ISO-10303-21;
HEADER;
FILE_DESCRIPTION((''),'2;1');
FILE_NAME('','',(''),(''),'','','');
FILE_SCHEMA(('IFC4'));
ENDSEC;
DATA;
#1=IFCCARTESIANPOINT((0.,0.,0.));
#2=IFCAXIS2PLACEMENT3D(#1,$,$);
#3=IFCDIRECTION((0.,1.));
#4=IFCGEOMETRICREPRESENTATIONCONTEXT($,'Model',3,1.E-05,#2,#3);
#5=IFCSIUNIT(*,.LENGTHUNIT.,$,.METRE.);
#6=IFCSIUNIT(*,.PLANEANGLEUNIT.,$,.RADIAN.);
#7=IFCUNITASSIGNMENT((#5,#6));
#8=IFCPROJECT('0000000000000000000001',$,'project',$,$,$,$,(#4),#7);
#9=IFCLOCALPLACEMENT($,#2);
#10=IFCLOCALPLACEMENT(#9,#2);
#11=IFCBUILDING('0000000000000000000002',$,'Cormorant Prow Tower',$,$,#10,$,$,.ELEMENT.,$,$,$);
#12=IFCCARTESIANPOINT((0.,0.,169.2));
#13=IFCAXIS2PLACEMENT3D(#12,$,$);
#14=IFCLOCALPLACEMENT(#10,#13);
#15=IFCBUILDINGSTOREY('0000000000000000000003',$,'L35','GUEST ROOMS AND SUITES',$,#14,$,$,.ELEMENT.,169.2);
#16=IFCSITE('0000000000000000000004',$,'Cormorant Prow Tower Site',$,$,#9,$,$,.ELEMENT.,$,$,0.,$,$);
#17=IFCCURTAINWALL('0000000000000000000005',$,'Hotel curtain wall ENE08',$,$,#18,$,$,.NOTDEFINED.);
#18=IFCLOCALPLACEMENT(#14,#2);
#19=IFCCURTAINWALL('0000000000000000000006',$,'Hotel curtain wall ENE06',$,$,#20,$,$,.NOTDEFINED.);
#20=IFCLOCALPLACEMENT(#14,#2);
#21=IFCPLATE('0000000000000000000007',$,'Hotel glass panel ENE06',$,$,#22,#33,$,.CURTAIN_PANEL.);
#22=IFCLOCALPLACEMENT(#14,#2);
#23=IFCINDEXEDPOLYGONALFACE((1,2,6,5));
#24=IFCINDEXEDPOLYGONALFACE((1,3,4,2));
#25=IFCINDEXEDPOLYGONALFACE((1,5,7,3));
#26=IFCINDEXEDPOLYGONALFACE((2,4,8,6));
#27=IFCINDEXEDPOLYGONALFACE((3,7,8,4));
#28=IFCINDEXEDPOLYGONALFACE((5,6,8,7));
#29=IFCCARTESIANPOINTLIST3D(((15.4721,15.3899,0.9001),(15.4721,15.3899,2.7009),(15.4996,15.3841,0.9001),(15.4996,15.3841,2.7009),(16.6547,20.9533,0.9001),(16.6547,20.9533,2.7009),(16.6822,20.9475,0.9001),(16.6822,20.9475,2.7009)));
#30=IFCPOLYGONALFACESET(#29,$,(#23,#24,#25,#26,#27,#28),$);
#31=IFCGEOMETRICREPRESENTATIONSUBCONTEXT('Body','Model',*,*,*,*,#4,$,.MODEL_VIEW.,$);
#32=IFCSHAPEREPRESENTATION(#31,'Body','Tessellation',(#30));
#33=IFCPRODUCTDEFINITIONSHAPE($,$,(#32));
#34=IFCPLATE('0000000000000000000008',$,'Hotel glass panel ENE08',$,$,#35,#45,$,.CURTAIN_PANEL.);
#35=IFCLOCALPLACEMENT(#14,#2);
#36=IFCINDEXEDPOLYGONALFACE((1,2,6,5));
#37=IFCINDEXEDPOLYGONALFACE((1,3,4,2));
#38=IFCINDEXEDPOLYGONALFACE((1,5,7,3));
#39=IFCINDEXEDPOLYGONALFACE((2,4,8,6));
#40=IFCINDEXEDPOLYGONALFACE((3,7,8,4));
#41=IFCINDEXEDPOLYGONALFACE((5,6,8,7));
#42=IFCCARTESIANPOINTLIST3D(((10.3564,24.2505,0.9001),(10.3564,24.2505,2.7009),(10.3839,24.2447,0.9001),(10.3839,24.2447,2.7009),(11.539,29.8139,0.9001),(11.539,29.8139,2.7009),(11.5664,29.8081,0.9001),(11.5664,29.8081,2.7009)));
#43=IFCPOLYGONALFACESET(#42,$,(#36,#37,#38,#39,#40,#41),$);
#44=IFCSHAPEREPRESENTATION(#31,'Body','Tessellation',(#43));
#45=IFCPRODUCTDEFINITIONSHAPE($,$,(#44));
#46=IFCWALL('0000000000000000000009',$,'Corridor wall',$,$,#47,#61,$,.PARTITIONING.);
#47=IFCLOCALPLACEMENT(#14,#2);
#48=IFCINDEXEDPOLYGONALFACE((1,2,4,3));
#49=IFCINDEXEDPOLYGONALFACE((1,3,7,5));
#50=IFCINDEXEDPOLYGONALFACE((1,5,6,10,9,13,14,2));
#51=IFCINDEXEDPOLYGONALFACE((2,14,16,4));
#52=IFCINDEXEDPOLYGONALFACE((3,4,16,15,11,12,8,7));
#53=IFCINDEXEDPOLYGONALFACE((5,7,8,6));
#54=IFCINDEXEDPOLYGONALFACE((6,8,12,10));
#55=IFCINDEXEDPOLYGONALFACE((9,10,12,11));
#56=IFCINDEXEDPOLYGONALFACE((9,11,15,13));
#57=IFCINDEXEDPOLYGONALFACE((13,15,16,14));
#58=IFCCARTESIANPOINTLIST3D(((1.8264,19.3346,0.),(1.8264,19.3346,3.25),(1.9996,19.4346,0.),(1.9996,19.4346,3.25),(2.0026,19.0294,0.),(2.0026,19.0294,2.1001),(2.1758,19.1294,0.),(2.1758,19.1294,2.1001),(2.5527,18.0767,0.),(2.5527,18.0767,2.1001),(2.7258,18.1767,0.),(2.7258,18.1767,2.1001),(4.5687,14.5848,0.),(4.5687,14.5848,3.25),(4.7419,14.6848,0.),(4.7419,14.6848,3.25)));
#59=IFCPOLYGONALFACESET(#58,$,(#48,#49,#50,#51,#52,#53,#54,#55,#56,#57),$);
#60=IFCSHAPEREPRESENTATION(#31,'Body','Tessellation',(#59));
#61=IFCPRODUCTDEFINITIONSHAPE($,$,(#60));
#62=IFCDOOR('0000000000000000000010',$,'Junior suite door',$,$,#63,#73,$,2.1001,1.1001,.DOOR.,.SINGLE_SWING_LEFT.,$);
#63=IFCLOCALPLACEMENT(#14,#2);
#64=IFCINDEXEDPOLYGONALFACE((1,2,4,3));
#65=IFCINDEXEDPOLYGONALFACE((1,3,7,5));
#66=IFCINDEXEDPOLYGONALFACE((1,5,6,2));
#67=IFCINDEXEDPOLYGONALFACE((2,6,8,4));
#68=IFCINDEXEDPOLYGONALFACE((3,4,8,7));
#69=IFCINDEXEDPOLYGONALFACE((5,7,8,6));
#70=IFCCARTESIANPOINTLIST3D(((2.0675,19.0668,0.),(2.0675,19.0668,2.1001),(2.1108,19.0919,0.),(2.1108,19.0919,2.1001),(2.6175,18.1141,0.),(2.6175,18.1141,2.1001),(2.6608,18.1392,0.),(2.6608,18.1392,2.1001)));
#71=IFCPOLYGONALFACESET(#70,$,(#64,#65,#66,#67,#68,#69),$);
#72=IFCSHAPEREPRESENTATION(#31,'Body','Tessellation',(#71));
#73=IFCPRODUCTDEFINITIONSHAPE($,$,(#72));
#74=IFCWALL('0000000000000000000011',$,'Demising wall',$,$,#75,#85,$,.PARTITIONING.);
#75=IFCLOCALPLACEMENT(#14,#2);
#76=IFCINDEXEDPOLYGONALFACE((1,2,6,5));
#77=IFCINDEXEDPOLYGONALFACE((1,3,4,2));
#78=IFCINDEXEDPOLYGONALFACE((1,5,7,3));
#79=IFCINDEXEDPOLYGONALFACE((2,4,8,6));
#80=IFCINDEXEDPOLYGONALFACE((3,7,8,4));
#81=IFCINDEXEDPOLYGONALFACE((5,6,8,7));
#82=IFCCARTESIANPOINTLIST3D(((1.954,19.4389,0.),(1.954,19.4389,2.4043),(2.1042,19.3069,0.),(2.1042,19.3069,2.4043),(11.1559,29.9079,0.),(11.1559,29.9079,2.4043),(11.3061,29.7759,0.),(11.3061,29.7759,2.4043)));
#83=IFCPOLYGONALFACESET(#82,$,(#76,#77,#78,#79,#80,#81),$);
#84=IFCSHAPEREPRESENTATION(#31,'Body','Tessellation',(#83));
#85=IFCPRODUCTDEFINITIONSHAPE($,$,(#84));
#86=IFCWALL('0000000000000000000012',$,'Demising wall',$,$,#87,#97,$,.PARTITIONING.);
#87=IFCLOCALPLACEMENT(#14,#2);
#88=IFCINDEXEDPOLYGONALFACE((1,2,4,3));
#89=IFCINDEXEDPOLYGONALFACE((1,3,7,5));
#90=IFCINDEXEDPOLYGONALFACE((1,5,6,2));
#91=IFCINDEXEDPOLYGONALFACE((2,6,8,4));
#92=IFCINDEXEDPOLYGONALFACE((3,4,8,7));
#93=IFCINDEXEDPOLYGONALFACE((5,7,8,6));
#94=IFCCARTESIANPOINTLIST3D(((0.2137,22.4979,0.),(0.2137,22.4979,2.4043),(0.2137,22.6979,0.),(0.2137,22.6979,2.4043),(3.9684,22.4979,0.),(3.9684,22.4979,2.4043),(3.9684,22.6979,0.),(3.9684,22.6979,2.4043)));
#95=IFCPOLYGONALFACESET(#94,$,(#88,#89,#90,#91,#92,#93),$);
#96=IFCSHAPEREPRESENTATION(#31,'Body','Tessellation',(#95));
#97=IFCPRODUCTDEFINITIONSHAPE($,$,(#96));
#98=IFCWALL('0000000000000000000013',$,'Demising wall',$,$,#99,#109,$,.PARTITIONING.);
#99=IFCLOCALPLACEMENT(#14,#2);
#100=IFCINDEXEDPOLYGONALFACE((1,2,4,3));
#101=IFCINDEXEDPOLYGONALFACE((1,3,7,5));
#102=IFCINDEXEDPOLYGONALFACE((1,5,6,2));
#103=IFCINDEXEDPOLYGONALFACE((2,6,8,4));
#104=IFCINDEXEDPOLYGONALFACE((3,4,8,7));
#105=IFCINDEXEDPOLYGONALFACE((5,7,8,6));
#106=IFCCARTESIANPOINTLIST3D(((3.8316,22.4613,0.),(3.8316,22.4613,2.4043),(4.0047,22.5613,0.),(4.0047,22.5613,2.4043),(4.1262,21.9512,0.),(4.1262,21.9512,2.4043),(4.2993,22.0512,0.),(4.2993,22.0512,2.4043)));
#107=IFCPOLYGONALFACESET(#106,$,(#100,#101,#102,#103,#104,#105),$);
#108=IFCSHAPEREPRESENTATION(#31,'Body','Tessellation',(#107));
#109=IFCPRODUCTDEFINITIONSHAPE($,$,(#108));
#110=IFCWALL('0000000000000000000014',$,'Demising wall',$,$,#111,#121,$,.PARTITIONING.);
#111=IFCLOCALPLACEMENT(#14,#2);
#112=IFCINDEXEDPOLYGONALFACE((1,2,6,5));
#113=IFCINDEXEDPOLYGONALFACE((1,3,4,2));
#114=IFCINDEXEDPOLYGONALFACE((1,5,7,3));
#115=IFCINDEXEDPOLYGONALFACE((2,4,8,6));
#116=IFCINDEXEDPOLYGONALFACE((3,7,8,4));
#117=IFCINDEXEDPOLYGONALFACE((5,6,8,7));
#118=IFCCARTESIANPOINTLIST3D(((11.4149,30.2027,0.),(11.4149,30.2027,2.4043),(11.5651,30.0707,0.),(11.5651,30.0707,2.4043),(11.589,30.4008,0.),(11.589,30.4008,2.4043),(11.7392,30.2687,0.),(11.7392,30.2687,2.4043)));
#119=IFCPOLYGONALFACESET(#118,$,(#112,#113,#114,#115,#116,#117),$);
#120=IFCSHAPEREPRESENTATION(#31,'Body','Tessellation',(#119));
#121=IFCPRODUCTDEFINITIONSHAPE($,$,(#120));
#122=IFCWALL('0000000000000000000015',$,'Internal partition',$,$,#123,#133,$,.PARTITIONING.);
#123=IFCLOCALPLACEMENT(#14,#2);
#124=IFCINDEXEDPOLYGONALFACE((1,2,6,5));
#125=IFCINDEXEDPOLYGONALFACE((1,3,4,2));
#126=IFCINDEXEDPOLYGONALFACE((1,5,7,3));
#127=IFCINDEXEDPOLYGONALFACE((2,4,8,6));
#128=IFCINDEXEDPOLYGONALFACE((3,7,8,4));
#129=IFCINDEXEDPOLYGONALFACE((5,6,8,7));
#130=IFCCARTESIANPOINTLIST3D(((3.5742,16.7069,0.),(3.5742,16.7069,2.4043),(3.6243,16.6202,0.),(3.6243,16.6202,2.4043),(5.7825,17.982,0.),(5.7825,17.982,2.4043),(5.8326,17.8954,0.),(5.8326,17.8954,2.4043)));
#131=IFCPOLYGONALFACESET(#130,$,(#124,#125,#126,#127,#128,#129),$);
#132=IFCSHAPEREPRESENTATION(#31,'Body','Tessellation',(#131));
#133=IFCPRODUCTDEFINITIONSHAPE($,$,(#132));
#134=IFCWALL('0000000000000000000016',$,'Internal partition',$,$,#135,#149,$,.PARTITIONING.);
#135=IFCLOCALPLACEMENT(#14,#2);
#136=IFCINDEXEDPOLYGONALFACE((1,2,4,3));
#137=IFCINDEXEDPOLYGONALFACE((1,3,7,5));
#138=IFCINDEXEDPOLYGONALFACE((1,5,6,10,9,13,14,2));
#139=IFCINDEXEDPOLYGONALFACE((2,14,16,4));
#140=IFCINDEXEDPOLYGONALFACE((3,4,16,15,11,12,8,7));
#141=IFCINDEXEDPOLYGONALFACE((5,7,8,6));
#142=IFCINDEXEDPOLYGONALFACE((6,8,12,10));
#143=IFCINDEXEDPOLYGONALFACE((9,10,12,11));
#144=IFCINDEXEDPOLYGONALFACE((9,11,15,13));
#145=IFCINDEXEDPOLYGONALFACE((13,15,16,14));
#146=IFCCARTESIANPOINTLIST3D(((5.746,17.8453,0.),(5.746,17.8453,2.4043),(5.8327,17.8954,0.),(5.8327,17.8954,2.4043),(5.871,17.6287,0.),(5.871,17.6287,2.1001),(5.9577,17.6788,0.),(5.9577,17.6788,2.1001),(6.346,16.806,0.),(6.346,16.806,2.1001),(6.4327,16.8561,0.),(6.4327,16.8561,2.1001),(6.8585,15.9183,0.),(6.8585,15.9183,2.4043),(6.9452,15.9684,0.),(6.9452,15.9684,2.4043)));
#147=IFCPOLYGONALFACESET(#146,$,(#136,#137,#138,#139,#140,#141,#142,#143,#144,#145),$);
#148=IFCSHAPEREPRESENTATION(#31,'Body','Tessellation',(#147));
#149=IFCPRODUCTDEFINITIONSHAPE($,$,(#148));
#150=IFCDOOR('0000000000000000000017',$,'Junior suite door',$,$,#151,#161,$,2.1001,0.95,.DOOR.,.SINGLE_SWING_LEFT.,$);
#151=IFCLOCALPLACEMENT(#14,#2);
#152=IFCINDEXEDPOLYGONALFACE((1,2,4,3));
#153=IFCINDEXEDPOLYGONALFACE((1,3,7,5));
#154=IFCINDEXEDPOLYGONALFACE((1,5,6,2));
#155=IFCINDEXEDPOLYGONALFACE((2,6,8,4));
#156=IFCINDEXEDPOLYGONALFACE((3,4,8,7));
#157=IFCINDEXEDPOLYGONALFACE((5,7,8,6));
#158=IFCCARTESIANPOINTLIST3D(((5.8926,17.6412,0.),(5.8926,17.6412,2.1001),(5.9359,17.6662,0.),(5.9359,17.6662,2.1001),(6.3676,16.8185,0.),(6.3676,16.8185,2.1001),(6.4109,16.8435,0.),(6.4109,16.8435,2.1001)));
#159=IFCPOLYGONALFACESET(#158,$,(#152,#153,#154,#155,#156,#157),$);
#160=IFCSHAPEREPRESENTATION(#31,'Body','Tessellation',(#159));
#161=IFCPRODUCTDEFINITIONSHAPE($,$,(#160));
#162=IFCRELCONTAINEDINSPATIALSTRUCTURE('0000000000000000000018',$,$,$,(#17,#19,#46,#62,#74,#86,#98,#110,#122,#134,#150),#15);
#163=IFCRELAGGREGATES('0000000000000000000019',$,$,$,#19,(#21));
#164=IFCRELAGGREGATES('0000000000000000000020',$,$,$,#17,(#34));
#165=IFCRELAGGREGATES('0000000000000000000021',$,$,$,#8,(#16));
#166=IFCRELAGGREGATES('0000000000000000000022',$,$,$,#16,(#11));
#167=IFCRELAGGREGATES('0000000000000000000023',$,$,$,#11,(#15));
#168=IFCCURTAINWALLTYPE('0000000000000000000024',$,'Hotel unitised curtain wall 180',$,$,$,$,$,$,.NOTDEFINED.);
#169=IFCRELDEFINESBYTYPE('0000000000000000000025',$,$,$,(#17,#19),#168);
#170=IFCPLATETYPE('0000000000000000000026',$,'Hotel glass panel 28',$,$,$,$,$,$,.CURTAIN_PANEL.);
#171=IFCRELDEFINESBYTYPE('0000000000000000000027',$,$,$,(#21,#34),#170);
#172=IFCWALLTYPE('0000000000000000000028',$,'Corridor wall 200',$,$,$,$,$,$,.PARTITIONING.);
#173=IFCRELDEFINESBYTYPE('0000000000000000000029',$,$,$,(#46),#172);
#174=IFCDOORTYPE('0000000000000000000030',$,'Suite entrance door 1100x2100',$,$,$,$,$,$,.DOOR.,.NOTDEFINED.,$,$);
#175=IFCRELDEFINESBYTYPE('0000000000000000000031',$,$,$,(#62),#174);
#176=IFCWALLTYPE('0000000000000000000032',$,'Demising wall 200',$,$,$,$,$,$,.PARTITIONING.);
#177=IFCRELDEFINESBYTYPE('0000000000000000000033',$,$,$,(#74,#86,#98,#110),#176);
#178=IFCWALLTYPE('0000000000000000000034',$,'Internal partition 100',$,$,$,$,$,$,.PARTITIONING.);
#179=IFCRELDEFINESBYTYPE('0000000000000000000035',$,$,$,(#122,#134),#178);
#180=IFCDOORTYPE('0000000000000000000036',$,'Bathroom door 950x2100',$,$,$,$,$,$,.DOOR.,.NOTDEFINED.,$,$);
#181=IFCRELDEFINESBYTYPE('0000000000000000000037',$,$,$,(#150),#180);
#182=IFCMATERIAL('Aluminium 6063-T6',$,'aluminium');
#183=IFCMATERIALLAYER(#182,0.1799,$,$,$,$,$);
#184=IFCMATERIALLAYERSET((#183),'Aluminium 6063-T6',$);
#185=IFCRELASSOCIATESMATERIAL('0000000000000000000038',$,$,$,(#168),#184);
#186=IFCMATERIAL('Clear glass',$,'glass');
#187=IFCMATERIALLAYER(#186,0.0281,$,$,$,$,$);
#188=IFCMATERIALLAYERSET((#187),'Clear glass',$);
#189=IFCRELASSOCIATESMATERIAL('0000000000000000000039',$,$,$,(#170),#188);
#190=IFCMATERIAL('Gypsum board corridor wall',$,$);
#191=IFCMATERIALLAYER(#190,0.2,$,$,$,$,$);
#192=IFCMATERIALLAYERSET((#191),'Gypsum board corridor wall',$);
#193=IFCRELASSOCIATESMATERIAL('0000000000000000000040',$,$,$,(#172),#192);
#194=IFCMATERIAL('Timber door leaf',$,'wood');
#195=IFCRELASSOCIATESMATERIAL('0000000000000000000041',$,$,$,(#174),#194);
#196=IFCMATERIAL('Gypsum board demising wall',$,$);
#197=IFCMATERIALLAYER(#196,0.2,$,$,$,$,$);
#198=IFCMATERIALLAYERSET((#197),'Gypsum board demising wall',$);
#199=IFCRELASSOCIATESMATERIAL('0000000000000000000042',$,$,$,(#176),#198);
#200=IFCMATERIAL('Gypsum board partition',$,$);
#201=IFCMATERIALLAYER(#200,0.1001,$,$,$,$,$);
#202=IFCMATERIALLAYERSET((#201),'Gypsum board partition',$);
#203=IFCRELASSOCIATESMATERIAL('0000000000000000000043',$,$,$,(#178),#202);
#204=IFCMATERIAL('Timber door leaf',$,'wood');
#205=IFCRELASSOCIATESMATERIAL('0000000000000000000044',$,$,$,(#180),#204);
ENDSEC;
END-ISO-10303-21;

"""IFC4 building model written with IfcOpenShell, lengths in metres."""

from ifc_helpers import new_model, si_unit, direction, frame, frame_2d, origin, origin_2d, place, context, subcontext, project, spatial, rectangle, extrude, material, layer, layer_set, type_object, element, fill, aggregate, save


model = new_model("IFC4")

# Units and contexts
model_context = context("Model", 3, precision=1e-05, world=origin(), true_north=direction((0.0, 1.0)))
body_context = subcontext(model_context, "Body", "Model", "MODEL_VIEW")
ifc_project = project(units=[si_unit("LENGTHUNIT", "METRE"), si_unit("PLANEANGLEUNIT", "RADIAN")], contexts=[model_context])

# Site, building, storey
site_placement = place(None, origin())
site = spatial("IfcSite", under=ifc_project, at=site_placement, Name="Cormorant Prow Tower Site", CompositionType="ELEMENT", RefElevation=0.0)
building_placement = place(site_placement, origin())
building = spatial("IfcBuilding", under=site, at=building_placement, Name="Cormorant Prow Tower", CompositionType="ELEMENT")
storey_placement = place(building_placement, frame((0.0, 0.0, 169.2)))
storey = spatial("IfcBuildingStorey", under=building, at=storey_placement, Name="L35", Description="GUEST ROOMS AND SUITES", CompositionType="ELEMENT", Elevation=169.2)

# Curtain wall
ifc_material_1 = material(Name="Aluminium 6063-T6", Category="aluminium")
ifc_layer_1 = layer(ifc_material_1, 0.1799)
ifc_layer_set_1 = layer_set([ifc_layer_1], Name="Aluminium 6063-T6")
curtain_wall_type = type_object("IfcCurtainWallType", Name="Hotel unitised curtain wall 180", PredefinedType="NOTDEFINED", material=ifc_layer_set_1)
curtain_wall_1_placement = place(storey_placement, origin())
curtain_wall_1 = element("IfcCurtainWall", 1, at=curtain_wall_1_placement, inside=storey, type_object=curtain_wall_type, Name="Hotel curtain wall ENE08", PredefinedType="NOTDEFINED")

# Curtain wall, plate
curtain_wall_2_placement = place(storey_placement, origin())
curtain_wall_2 = element("IfcCurtainWall", 2, at=curtain_wall_2_placement, inside=storey, type_object=curtain_wall_type, Name="Hotel curtain wall ENE06", PredefinedType="NOTDEFINED")
ifc_material_2 = material(Name="Clear glass", Category="glass")
ifc_layer_2 = layer(ifc_material_2, 0.0281)
ifc_layer_set_2 = layer_set([ifc_layer_2], Name="Clear glass")
plate_type = type_object("IfcPlateType", Name="Hotel glass panel 28", PredefinedType="CURTAIN_PANEL", material=ifc_layer_set_2)
plate_1_placement = place(storey_placement, frame((16.0771, 18.1687, 0.9001), z_axis=(0.0, 0.0, 1.0), x_axis=(0.207912, 0.978148, 0.0)))
plate_1 = element("IfcPlate", 3, at=plate_1_placement, type_object=plate_type, Name="Hotel glass panel ENE06", PredefinedType="CURTAIN_PANEL", context=body_context, shape_type="SweptSolid", body=[
    extrude(rectangle(XDim=5.6877, YDim=0.0281, at=origin_2d()), origin(), (0.0, 0.0, 1.0), 1.8008),
])
aggregate(curtain_wall_2, [plate_1])

# Plate
plate_2_placement = place(storey_placement, frame((10.9614, 27.0293, 0.9001), z_axis=(0.0, 0.0, 1.0), x_axis=(0.207912, 0.978148, 0.0)))
plate_2 = element("IfcPlate", 4, at=plate_2_placement, type_object=plate_type, Name="Hotel glass panel ENE08", PredefinedType="CURTAIN_PANEL", context=body_context, shape_type="SweptSolid", body=[
    extrude(rectangle(XDim=5.6877, YDim=0.0281, at=origin_2d()), origin(), (0.0, 0.0, 1.0), 1.8008),
])
aggregate(curtain_wall_1, [plate_2])

# Wall, opening, door
ifc_material_3 = material(Name="Gypsum board corridor wall")
ifc_layer_3 = layer(ifc_material_3, 0.2)
ifc_layer_set_3 = layer_set([ifc_layer_3], Name="Gypsum board corridor wall")
wall_type_1 = type_object("IfcWallType", Name="Corridor wall 200", PredefinedType="PARTITIONING", material=ifc_layer_set_3)
wall_1_placement = place(storey_placement, frame((1.9131, 19.3845, 0.0), z_axis=(0.0, 0.0, 1.0), x_axis=(0.499988, -0.866032, 0.0)))
wall_1 = element("IfcWall", 5, at=wall_1_placement, inside=storey, type_object=wall_type_1, Name="Corridor wall", PredefinedType="PARTITIONING", context=body_context, shape_type="SweptSolid", body=[
    extrude(rectangle(XDim=5.4846, YDim=0.2, at=frame_2d((2.7422, 0.0))), origin(), (0.0, 0.0, 1.0), 3.25),
])
opening_1_placement = place(wall_1_placement, frame((0.3523, 0.0, 0.0)))
opening_1 = element("IfcOpeningElement", 6, at=opening_1_placement, cuts=wall_1, PredefinedType="OPENING", context=body_context, shape_type="SweptSolid", body=[
    extrude(rectangle(XDim=1.1001, YDim=2.1001, at=frame_2d((0.55, 1.05))), frame((0.0, 0.1099, 0.0), z_axis=(0.0, -1.0, 0.0), x_axis=(1.0, 0.0, 0.0)), (0.0, 0.0, 1.0), 0.22),
])
ifc_material_4 = material(Name="Timber door leaf", Category="wood")
door_type_1 = type_object("IfcDoorType", Name="Suite entrance door 1100x2100", OperationType="NOTDEFINED", PredefinedType="DOOR", material=ifc_material_4)
door_1_placement = place(opening_1_placement, origin())
door_1 = element("IfcDoor", 7, at=door_1_placement, inside=storey, type_object=door_type_1, Name="Junior suite door", OperationType="SINGLE_SWING_LEFT", OverallHeight=2.1001, OverallWidth=1.1001, PredefinedType="DOOR", context=body_context, shape_type="SweptSolid", body=[
    extrude(rectangle(XDim=1.1001, YDim=2.1001, at=frame_2d((0.55, 1.05))), frame((0.0, 0.0249, 0.0), z_axis=(0.0, -1.0, 0.0), x_axis=(1.0, 0.0, 0.0)), (0.0, 0.0, 1.0), 0.05),
])
fill(opening_1, door_1)

# Walls
ifc_material_5 = material(Name="Gypsum board demising wall")
ifc_layer_4 = layer(ifc_material_5, 0.2)
ifc_layer_set_4 = layer_set([ifc_layer_4], Name="Gypsum board demising wall")
wall_type_2 = type_object("IfcWallType", Name="Demising wall 200", PredefinedType="PARTITIONING", material=ifc_layer_set_4)
wall_2_placement = place(storey_placement, frame((2.0291, 19.3728, 0.0), z_axis=(0.0, 0.0, 1.0), x_axis=(0.660191, 0.751098, 0.0)))
element("IfcWall", 8, at=wall_2_placement, inside=storey, type_object=wall_type_2, Name="Demising wall", PredefinedType="PARTITIONING", context=body_context, shape_type="SweptSolid", body=[
    extrude(rectangle(XDim=13.9382, YDim=0.2, at=frame_2d((6.9692, 0.0))), origin(), (0.0, 0.0, 1.0), 2.4043),
])
wall_3_placement = place(storey_placement, frame((0.2136, 22.5979, 0.0), z_axis=(0.0, 0.0, 1.0), x_axis=(1.0, 0.0, 0.0)))
element("IfcWall", 9, at=wall_3_placement, inside=storey, type_object=wall_type_2, Name="Demising wall", PredefinedType="PARTITIONING", context=body_context, shape_type="SweptSolid", body=[
    extrude(rectangle(XDim=3.7546, YDim=0.2, at=frame_2d((1.8774, 0.0))), origin(), (0.0, 0.0, 1.0), 2.4043),
])
wall_4_placement = place(storey_placement, frame((3.9182, 22.5112, 0.0), z_axis=(0.0, 0.0, 1.0), x_axis=(0.500105, -0.865965, 0.0)))
element("IfcWall", 10, at=wall_4_placement, inside=storey, type_object=wall_type_2, Name="Demising wall", PredefinedType="PARTITIONING", context=body_context, shape_type="SweptSolid", body=[
    extrude(rectangle(XDim=0.5891, YDim=0.2, at=frame_2d((0.2944, 0.0))), origin(), (0.0, 0.0, 1.0), 2.4043),
])
wall_5_placement = place(storey_placement, frame((11.49, 30.1367, 0.0), z_axis=(0.0, 0.0, 1.0), x_axis=(0.660273, 0.751026, 0.0)))
element("IfcWall", 11, at=wall_5_placement, inside=storey, type_object=wall_type_2, Name="Demising wall", PredefinedType="PARTITIONING", context=body_context, shape_type="SweptSolid", body=[
    extrude(rectangle(XDim=0.2637, YDim=0.2, at=frame_2d((0.1318, 0.0))), origin(), (0.0, 0.0, 1.0), 2.4043),
])
ifc_material_6 = material(Name="Gypsum board partition")
ifc_layer_5 = layer(ifc_material_6, 0.1001)
ifc_layer_set_5 = layer_set([ifc_layer_5], Name="Gypsum board partition")
wall_type_3 = type_object("IfcWallType", Name="Internal partition 100", PredefinedType="PARTITIONING", material=ifc_layer_set_5)
wall_6_placement = place(storey_placement, frame((3.5994, 16.6636, 0.0), z_axis=(0.0, 0.0, 1.0), x_axis=(0.865989, 0.500062, 0.0)))
element("IfcWall", 12, at=wall_6_placement, inside=storey, type_object=wall_type_3, Name="Internal partition", PredefinedType="PARTITIONING", context=body_context, shape_type="SweptSolid", body=[
    extrude(rectangle(XDim=2.55, YDim=0.1001, at=frame_2d((1.2749, 0.0))), origin(), (0.0, 0.0, 1.0), 2.4043),
])

# Wall, opening, door
wall_7_placement = place(storey_placement, frame((5.7893, 17.8704, 0.0), z_axis=(0.0, 0.0, 1.0), x_axis=(0.499998, -0.866027, 0.0)))
wall_7 = element("IfcWall", 13, at=wall_7_placement, inside=storey, type_object=wall_type_3, Name="Internal partition", PredefinedType="PARTITIONING", context=body_context, shape_type="SweptSolid", body=[
    extrude(rectangle(XDim=2.2251, YDim=0.1001, at=frame_2d((1.1125, 0.0))), origin(), (0.0, 0.0, 1.0), 2.4043),
])
opening_2_placement = place(wall_7_placement, frame((0.25, 0.0, 0.0)))
opening_2 = element("IfcOpeningElement", 14, at=opening_2_placement, cuts=wall_7, PredefinedType="OPENING", context=body_context, shape_type="SweptSolid", body=[
    extrude(rectangle(XDim=0.95, YDim=2.1001, at=frame_2d((0.4751, 1.05))), frame((0.0, 0.0601, 0.0), z_axis=(0.0, -1.0, 0.0), x_axis=(1.0, 0.0, 0.0)), (0.0, 0.0, 1.0), 0.1201),
])
ifc_material_7 = material(Name="Timber door leaf", Category="wood")
door_type_2 = type_object("IfcDoorType", Name="Bathroom door 950x2100", OperationType="NOTDEFINED", PredefinedType="DOOR", material=ifc_material_7)
door_2_placement = place(opening_2_placement, origin())
door_2 = element("IfcDoor", 15, at=door_2_placement, inside=storey, type_object=door_type_2, Name="Junior suite door", OperationType="SINGLE_SWING_LEFT", OverallHeight=2.1001, OverallWidth=0.95, PredefinedType="DOOR", context=body_context, shape_type="SweptSolid", body=[
    extrude(rectangle(XDim=0.95, YDim=2.1001, at=frame_2d((0.4751, 1.05))), frame((0.0, 0.0249, 0.0), z_axis=(0.0, -1.0, 0.0), x_axis=(1.0, 0.0, 0.0)), (0.0, 0.0, 1.0), 0.05),
])
fill(opening_2, door_2)

save(model, "model.ifc")
